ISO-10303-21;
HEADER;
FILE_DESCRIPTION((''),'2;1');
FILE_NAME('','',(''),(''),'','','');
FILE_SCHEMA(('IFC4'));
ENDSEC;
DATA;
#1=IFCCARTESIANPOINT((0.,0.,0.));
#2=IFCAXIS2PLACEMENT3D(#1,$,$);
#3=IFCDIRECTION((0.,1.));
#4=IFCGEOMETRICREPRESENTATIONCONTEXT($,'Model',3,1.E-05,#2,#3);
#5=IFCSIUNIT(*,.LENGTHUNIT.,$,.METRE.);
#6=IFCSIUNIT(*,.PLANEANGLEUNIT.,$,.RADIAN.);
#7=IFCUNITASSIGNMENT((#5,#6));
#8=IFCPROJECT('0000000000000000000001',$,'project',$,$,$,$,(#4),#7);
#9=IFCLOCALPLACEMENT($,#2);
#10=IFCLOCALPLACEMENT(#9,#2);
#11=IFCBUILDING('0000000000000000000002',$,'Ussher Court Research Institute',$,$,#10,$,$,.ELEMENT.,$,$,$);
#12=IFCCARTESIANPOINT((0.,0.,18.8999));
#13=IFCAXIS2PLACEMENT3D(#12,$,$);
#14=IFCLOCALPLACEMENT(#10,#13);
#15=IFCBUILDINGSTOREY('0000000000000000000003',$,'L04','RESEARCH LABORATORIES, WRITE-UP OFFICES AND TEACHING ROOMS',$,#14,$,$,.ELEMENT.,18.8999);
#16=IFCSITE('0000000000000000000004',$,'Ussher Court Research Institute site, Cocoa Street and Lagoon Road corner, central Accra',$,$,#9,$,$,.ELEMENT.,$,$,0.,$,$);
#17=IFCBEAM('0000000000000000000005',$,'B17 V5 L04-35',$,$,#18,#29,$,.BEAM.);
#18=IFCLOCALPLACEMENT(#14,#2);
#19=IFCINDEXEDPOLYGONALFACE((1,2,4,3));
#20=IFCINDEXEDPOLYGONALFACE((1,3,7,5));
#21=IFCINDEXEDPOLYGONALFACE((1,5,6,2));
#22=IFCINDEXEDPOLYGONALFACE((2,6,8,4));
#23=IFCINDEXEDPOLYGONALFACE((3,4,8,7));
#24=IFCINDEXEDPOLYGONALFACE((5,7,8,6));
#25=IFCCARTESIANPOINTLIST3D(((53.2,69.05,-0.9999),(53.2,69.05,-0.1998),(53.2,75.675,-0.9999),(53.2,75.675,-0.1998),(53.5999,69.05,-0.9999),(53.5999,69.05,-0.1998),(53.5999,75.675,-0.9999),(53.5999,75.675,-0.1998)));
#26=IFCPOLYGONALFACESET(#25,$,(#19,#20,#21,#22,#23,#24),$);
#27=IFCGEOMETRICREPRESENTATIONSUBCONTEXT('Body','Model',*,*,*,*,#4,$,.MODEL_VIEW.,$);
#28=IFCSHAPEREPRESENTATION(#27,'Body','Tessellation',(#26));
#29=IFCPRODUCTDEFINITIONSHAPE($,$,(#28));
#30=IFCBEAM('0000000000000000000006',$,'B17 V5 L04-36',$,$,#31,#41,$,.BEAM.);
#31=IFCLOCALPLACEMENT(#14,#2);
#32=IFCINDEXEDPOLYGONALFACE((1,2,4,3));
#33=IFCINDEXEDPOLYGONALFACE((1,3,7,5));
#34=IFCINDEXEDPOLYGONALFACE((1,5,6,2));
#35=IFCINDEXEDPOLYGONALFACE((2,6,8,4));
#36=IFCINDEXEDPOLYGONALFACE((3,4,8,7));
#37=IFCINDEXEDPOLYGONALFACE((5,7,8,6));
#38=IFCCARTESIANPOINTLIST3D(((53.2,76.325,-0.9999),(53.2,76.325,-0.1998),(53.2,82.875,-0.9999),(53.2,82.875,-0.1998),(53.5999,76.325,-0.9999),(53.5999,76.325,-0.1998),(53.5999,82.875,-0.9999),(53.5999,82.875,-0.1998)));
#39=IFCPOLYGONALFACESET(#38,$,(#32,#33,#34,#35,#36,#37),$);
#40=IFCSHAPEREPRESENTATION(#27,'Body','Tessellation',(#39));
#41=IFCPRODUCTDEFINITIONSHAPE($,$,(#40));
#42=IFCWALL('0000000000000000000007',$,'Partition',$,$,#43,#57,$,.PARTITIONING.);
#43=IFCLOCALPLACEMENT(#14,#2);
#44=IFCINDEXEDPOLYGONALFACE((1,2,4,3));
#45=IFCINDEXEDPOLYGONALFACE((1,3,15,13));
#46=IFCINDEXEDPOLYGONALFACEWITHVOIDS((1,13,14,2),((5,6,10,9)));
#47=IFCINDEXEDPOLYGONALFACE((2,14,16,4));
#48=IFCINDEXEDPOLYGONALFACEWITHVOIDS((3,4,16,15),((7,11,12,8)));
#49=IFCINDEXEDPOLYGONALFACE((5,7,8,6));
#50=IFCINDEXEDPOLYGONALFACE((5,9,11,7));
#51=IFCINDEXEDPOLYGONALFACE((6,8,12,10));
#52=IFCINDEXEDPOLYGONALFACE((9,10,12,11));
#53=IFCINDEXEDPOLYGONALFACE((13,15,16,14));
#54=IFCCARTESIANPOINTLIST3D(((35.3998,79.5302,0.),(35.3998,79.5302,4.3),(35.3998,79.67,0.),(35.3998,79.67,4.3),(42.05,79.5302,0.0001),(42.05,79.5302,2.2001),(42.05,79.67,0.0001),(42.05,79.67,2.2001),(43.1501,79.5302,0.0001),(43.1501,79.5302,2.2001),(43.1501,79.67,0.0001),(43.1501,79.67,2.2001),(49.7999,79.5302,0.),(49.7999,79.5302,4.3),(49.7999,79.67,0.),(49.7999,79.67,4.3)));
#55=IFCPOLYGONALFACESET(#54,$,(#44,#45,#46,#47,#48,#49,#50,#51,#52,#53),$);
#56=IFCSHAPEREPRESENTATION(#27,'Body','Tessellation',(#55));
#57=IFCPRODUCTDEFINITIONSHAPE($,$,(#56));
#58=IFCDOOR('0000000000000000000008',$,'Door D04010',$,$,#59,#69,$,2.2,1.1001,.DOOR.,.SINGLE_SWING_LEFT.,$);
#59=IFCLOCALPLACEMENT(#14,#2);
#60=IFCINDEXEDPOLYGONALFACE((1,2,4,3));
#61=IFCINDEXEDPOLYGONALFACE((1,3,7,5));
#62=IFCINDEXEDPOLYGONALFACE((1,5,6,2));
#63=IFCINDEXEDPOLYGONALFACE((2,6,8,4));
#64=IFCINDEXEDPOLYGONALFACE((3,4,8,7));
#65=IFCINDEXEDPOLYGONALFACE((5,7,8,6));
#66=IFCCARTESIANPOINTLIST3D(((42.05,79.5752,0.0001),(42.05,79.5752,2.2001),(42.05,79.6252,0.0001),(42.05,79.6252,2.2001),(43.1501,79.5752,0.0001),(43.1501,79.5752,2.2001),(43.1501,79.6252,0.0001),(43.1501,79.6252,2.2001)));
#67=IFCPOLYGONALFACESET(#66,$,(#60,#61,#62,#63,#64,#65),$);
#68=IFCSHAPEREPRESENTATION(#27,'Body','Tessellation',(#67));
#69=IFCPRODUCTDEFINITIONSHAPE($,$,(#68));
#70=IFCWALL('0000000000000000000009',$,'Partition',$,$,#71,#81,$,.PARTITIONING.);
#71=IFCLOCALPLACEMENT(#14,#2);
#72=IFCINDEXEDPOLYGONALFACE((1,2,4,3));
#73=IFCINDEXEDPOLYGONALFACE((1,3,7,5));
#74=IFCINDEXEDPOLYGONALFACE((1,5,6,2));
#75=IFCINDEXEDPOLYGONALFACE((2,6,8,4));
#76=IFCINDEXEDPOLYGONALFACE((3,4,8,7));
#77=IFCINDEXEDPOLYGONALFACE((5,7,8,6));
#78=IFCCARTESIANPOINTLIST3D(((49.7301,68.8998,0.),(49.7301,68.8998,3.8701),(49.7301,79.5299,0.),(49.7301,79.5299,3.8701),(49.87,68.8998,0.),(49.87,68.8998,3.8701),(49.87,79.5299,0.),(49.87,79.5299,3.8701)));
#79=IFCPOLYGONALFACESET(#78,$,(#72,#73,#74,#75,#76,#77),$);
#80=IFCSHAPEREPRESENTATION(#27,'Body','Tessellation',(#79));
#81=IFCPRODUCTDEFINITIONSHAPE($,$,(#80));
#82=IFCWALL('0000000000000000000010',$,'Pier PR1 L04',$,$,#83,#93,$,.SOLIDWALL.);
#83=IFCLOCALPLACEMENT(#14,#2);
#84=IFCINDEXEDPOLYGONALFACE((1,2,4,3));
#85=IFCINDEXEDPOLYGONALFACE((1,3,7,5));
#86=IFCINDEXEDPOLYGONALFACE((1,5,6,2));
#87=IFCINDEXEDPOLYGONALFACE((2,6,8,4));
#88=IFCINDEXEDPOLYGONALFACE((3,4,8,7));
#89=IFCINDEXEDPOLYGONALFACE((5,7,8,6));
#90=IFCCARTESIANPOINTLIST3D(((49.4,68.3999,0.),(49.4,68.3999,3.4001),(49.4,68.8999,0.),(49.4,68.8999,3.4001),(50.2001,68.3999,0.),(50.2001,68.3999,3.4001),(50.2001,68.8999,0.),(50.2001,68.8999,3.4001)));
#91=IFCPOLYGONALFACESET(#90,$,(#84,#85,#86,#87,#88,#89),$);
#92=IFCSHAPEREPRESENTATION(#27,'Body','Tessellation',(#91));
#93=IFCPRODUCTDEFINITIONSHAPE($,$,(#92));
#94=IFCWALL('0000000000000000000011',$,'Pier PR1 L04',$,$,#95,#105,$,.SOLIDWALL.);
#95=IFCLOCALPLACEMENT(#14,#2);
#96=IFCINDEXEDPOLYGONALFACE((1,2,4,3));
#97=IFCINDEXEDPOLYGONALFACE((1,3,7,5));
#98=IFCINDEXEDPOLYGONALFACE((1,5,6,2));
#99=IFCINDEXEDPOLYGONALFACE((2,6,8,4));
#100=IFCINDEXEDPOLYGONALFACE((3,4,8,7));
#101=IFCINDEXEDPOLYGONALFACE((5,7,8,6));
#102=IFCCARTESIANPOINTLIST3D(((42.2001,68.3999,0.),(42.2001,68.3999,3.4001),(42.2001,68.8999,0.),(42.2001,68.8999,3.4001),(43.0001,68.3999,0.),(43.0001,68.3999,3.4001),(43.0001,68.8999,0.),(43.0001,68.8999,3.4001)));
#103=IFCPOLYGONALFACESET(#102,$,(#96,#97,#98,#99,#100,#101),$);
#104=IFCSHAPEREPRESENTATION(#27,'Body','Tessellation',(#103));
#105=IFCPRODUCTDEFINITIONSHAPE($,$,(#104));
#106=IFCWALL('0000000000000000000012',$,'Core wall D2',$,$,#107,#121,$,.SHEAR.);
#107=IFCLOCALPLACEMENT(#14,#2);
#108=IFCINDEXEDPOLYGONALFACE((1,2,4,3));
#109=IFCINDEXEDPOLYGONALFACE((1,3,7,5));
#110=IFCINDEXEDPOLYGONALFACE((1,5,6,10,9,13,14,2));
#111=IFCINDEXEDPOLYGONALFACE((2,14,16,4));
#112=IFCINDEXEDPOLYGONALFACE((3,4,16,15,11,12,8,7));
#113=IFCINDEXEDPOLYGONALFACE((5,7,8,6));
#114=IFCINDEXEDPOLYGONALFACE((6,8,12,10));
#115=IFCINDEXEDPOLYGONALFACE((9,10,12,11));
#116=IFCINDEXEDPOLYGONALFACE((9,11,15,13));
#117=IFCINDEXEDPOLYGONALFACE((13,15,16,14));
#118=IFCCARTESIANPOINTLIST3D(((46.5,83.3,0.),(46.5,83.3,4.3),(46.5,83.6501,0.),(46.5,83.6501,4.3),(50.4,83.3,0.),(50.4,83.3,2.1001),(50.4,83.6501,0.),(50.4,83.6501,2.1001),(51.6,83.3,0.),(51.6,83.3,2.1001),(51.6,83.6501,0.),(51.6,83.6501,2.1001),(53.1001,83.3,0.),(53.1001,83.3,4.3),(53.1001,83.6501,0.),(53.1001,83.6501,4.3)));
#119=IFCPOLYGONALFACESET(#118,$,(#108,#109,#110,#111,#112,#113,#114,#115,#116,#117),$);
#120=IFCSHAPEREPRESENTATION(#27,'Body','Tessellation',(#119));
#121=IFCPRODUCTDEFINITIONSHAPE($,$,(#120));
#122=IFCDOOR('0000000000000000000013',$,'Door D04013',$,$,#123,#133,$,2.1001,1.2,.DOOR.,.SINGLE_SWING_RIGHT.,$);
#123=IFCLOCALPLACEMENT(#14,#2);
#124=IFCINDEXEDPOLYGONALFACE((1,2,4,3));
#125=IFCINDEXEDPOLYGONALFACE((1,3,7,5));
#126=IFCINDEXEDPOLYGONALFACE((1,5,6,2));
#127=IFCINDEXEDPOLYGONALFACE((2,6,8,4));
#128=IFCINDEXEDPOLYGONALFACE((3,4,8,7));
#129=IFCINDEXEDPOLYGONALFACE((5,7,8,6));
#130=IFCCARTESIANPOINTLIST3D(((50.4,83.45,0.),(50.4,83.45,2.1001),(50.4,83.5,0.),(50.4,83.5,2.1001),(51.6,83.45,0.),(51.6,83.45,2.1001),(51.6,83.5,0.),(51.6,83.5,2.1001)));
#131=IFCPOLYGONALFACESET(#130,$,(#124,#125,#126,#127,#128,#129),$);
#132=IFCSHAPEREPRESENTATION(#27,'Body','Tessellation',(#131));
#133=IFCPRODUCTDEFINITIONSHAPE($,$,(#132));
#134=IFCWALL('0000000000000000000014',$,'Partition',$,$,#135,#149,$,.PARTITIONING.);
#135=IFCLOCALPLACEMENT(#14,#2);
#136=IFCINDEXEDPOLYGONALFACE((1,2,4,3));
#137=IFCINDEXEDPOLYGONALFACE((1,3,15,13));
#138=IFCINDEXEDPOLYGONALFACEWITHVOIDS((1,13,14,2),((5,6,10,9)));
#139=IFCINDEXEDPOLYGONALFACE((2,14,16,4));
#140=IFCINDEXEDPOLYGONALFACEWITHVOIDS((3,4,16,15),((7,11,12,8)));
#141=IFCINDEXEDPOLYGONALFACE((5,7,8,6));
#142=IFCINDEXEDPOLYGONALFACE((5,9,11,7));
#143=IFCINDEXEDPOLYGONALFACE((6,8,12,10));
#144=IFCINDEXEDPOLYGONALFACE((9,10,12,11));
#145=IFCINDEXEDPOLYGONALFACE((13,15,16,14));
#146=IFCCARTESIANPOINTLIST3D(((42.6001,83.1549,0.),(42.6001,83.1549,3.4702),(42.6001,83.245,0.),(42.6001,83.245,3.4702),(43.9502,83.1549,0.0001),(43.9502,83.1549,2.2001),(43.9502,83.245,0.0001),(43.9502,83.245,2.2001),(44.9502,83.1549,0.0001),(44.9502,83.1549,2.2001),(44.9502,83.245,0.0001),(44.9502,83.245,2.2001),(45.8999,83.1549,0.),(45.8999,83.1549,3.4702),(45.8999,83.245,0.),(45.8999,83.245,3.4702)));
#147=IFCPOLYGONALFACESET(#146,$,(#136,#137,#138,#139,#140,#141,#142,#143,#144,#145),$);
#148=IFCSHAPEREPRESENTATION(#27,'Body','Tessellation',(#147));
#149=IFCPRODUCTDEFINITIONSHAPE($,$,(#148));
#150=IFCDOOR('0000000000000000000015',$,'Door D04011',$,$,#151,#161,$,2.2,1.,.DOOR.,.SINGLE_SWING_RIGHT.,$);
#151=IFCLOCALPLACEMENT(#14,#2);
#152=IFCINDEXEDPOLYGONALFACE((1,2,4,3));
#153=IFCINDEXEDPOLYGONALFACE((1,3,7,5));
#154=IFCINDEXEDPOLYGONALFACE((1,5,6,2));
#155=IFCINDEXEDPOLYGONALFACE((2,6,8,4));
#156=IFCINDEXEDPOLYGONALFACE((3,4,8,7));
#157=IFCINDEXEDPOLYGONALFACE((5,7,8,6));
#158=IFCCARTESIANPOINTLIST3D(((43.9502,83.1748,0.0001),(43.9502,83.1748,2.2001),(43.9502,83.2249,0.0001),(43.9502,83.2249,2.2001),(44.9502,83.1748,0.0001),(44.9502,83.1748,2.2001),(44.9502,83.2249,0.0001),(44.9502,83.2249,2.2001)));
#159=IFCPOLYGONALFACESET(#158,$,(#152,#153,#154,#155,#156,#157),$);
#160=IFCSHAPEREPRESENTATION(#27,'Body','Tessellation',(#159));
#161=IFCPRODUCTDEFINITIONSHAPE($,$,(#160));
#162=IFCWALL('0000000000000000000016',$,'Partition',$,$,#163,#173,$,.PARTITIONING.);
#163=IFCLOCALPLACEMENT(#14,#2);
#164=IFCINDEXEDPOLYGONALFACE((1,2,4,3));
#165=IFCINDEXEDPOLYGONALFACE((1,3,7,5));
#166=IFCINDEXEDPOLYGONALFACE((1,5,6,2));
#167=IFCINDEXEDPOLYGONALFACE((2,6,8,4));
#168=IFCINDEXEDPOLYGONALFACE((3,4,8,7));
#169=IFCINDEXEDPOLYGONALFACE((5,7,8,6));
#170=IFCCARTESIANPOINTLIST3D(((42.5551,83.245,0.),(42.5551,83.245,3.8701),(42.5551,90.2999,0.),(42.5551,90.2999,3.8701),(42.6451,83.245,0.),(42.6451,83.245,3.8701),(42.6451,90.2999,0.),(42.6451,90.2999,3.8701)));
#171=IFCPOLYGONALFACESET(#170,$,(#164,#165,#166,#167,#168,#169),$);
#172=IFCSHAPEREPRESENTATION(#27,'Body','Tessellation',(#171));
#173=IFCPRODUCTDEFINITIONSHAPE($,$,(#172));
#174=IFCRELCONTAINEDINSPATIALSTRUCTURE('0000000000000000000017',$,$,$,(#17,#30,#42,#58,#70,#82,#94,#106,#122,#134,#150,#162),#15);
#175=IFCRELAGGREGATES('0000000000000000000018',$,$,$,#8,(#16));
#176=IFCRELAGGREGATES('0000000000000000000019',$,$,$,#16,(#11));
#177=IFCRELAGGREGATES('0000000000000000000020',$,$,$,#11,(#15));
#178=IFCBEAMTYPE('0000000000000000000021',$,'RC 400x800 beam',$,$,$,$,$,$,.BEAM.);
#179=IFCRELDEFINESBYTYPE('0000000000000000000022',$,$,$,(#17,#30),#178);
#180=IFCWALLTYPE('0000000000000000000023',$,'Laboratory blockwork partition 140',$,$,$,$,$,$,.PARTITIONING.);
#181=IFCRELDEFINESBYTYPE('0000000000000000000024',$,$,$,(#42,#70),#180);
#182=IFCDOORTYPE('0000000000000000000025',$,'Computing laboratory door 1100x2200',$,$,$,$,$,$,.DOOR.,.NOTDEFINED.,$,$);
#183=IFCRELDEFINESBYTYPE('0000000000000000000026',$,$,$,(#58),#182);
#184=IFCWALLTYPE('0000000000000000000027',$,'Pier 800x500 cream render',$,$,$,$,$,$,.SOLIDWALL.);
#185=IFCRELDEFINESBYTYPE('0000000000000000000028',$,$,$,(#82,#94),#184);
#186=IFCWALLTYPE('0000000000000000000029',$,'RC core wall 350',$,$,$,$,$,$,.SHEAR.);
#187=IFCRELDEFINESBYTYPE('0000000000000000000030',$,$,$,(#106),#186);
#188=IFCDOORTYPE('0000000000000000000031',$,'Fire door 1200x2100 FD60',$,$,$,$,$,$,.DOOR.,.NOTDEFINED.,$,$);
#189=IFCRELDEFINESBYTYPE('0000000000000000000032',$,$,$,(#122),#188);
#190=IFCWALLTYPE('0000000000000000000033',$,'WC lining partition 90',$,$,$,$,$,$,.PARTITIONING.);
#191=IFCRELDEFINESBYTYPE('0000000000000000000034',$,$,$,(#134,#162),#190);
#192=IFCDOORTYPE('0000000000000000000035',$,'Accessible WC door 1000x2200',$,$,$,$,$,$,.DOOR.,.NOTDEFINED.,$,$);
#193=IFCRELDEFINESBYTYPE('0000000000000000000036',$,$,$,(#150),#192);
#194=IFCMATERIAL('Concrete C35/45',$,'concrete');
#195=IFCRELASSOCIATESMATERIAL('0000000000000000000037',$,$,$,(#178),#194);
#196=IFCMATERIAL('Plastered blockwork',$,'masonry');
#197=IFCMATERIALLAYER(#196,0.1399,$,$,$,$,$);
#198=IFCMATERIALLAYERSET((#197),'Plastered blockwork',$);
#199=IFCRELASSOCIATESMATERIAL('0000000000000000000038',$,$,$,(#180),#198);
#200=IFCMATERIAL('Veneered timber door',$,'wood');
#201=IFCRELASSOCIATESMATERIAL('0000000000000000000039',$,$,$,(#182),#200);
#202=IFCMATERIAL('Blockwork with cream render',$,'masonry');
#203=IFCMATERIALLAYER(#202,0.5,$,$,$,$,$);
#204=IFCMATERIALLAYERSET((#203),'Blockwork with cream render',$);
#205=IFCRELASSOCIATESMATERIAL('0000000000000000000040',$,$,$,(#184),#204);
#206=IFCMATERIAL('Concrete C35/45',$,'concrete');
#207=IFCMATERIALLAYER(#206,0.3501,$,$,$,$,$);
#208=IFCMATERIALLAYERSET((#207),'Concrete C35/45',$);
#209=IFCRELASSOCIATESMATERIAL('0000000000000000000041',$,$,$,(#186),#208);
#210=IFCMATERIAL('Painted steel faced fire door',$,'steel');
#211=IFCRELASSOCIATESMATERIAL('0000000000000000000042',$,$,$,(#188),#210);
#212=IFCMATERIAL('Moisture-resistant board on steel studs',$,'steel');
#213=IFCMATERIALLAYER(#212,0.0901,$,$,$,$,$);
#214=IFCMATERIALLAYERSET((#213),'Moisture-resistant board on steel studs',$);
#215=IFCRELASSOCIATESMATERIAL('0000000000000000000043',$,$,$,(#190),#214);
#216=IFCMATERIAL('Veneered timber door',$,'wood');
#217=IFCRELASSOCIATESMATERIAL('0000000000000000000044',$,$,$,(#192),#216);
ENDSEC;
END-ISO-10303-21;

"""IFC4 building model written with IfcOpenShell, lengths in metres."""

from ifc_helpers import new_model, si_unit, direction, frame, frame_2d, origin, origin_2d, place, context, subcontext, project, spatial, rectangle, extrude, material, layer, layer_set, material_profile, profile_set, type_object, element, fill, save


model = new_model("IFC4")

# Units and contexts
model_context = context("Model", 3, precision=1e-05, world=origin(), true_north=direction((0.0, 1.0)))
body_context = subcontext(model_context, "Body", "Model", "MODEL_VIEW")
ifc_project = project(units=[si_unit("LENGTHUNIT", "METRE"), si_unit("PLANEANGLEUNIT", "RADIAN")], contexts=[model_context])

# Site, building, storey
site_placement = place(None, origin())
site = spatial("IfcSite", under=ifc_project, at=site_placement, Name="Ussher Court Research Institute site, Cocoa Street and Lagoon Road corner, central Accra", CompositionType="ELEMENT", RefElevation=0.0)
building_placement = place(site_placement, origin())
building = spatial("IfcBuilding", under=site, at=building_placement, Name="Ussher Court Research Institute", CompositionType="ELEMENT")
storey_placement = place(building_placement, frame((0.0, 0.0, 18.8999)))
storey = spatial("IfcBuildingStorey", under=building, at=storey_placement, Name="L04", Description="RESEARCH LABORATORIES, WRITE-UP OFFICES AND TEACHING ROOMS", CompositionType="ELEMENT", Elevation=18.8999)

# Beams
ifc_material_1 = material(Name="Concrete C35/45", Category="concrete")
ifc_material_profile_1 = material_profile(ifc_material_1, rectangle(XDim=0.3999, YDim=0.8, at=origin_2d()), Name="RC 400x800")
ifc_profile_set_1 = profile_set([ifc_material_profile_1], Name="Concrete C35/45")
beam_type_1 = type_object("IfcBeamType", Name="RC 400x800 beam", PredefinedType="BEAM", material=ifc_profile_set_1)
beam_1_placement = place(storey_placement, frame((53.3999, 69.05, -0.5999), z_axis=(0.0, 1.0, 0.0), x_axis=(-1.0, 0.0, 0.0)))
element("IfcBeam", 1, at=beam_1_placement, inside=storey, type_object=beam_type_1, Name="B17 V5 L04-35", PredefinedType="BEAM", context=body_context, shape_type="SweptSolid", body=[
    extrude(rectangle(XDim=0.3999, YDim=0.8, at=origin_2d()), origin(), (0.0, 0.0, 1.0), 6.625),
])
beam_2_placement = place(storey_placement, frame((53.3999, 76.325, -0.5999), z_axis=(0.0, 1.0, 0.0), x_axis=(-1.0, 0.0, 0.0)))
element("IfcBeam", 2, at=beam_2_placement, inside=storey, type_object=beam_type_1, Name="B17 V5 L04-36", PredefinedType="BEAM", context=body_context, shape_type="SweptSolid", body=[
    extrude(rectangle(XDim=0.3999, YDim=0.8, at=origin_2d()), origin(), (0.0, 0.0, 1.0), 6.55),
])

# Wall, opening, door
ifc_material_2 = material(Name="Plastered blockwork", Category="masonry")
ifc_layer_1 = layer(ifc_material_2, 0.1399)
ifc_layer_set_1 = layer_set([ifc_layer_1], Name="Plastered blockwork")
wall_type_1 = type_object("IfcWallType", Name="Laboratory blockwork partition 140", PredefinedType="PARTITIONING", material=ifc_layer_set_1)
wall_1_placement = place(storey_placement, frame((49.8, 79.6001, 0.0), z_axis=(0.0, 0.0, 1.0), x_axis=(-1.0, 0.0, 0.0)))
wall_1 = element("IfcWall", 3, at=wall_1_placement, inside=storey, type_object=wall_type_1, Name="Partition", PredefinedType="PARTITIONING", context=body_context, shape_type="SweptSolid", body=[
    extrude(rectangle(XDim=14.4001, YDim=0.1399, at=frame_2d((7.2002, 0.0))), origin(), (0.0, 0.0, 1.0), 4.3),
])
opening_1_placement = place(wall_1_placement, frame((6.6499, 0.0, 0.0)))
opening_1 = element("IfcOpeningElement", 4, at=opening_1_placement, cuts=wall_1, PredefinedType="OPENING", context=body_context, shape_type="SweptSolid", body=[
    extrude(rectangle(XDim=1.1001, YDim=2.2, at=frame_2d((0.55, 1.1001))), frame((0.0, 0.0801, 0.0), z_axis=(0.0, -1.0, 0.0), x_axis=(1.0, 0.0, 0.0)), (0.0, 0.0, 1.0), 0.1599),
])
ifc_material_3 = material(Name="Veneered timber door", Category="wood")
door_type_1 = type_object("IfcDoorType", Name="Computing laboratory door 1100x2200", OperationType="NOTDEFINED", PredefinedType="DOOR", material=ifc_material_3)
door_1_placement = place(opening_1_placement, origin())
door_1 = element("IfcDoor", 5, at=door_1_placement, inside=storey, type_object=door_type_1, Name="Door D04010", OperationType="SINGLE_SWING_LEFT", OverallHeight=2.2, OverallWidth=1.1001, PredefinedType="DOOR", context=body_context, shape_type="SweptSolid", body=[
    extrude(rectangle(XDim=1.1001, YDim=2.2, at=frame_2d((0.55, 1.1001))), frame((0.0, 0.0249, 0.0), z_axis=(0.0, -1.0, 0.0), x_axis=(1.0, 0.0, 0.0)), (0.0, 0.0, 1.0), 0.05),
])
fill(opening_1, door_1)

# Walls
wall_2_placement = place(storey_placement, frame((49.8, 68.8999, 0.0), z_axis=(0.0, 0.0, 1.0), x_axis=(0.0, 1.0, 0.0)))
element("IfcWall", 6, at=wall_2_placement, inside=storey, type_object=wall_type_1, Name="Partition", PredefinedType="PARTITIONING", context=body_context, shape_type="SweptSolid", body=[
    extrude(rectangle(XDim=10.6301, YDim=0.1399, at=frame_2d((5.3149, 0.0))), origin(), (0.0, 0.0, 1.0), 3.8701),
])
ifc_material_4 = material(Name="Blockwork with cream render", Category="masonry")
ifc_layer_2 = layer(ifc_material_4, 0.5)
ifc_layer_set_2 = layer_set([ifc_layer_2], Name="Blockwork with cream render")
wall_type_2 = type_object("IfcWallType", Name="Pier 800x500 cream render", PredefinedType="SOLIDWALL", material=ifc_layer_set_2)
for number, where, z_axis, x_axis, name in (
    (7, (50.2, 68.6499, 0.0), (0.0, 0.0, 1.0), (-1.0, 0.0, 0.0), "Pier PR1 L04"),
    (8, (43.0, 68.6499, 0.0), (0.0, 0.0, 1.0), (-1.0, 0.0, 0.0), "Pier PR1 L04"),
):
    element("IfcWall", number, at=place(storey_placement, frame(where, z_axis=z_axis, x_axis=x_axis)), inside=storey, type_object=wall_type_2, Name=name, PredefinedType="SOLIDWALL", context=body_context, shape_type="SweptSolid", body=[
        extrude(rectangle(XDim=0.8, YDim=0.5, at=frame_2d((0.3999, 0.0))), origin(), (0.0, 0.0, 1.0), 3.4001),
    ])

# Walls, openings, doors
ifc_material_5 = material(Name="Concrete C35/45", Category="concrete")
ifc_layer_3 = layer(ifc_material_5, 0.3501)
ifc_layer_set_3 = layer_set([ifc_layer_3], Name="Concrete C35/45")
wall_type_3 = type_object("IfcWallType", Name="RC core wall 350", PredefinedType="SHEAR", material=ifc_layer_set_3)
wall_3_placement = place(storey_placement, frame((46.5, 83.4751, 0.0), z_axis=(0.0, 0.0, 1.0), x_axis=(1.0, 0.0, 0.0)))
wall_3 = element("IfcWall", 9, at=wall_3_placement, inside=storey, type_object=wall_type_3, Name="Core wall D2", PredefinedType="SHEAR", context=body_context, shape_type="SweptSolid", body=[
    extrude(rectangle(XDim=6.6001, YDim=0.3501, at=frame_2d((3.3, 0.0))), origin(), (0.0, 0.0, 1.0), 4.3),
])
opening_2_placement = place(wall_3_placement, frame((3.8999, 0.0, 0.0)))
opening_2 = element("IfcOpeningElement", 10, at=opening_2_placement, cuts=wall_3, PredefinedType="OPENING", context=body_context, shape_type="SweptSolid", body=[
    extrude(rectangle(XDim=1.2, YDim=2.1001, at=frame_2d((0.6001, 1.05))), frame((0.0, 0.1851, 0.0), z_axis=(0.0, -1.0, 0.0), x_axis=(1.0, 0.0, 0.0)), (0.0, 0.0, 1.0), 0.3701),
])
ifc_material_6 = material(Name="Painted steel faced fire door", Category="steel")
door_type_2 = type_object("IfcDoorType", Name="Fire door 1200x2100 FD60", OperationType="NOTDEFINED", PredefinedType="DOOR", material=ifc_material_6)
door_2_placement = place(opening_2_placement, origin())
door_2 = element("IfcDoor", 11, at=door_2_placement, inside=storey, type_object=door_type_2, Name="Door D04013", OperationType="SINGLE_SWING_RIGHT", OverallHeight=2.1001, OverallWidth=1.2, PredefinedType="DOOR", context=body_context, shape_type="SweptSolid", body=[
    extrude(rectangle(XDim=1.2, YDim=2.1001, at=frame_2d((0.6001, 1.05))), frame((0.0, 0.0249, 0.0), z_axis=(0.0, -1.0, 0.0), x_axis=(1.0, 0.0, 0.0)), (0.0, 0.0, 1.0), 0.05),
])
fill(opening_2, door_2)
ifc_material_7 = material(Name="Moisture-resistant board on steel studs", Category="steel")
ifc_layer_4 = layer(ifc_material_7, 0.0901)
ifc_layer_set_4 = layer_set([ifc_layer_4], Name="Moisture-resistant board on steel studs")
wall_type_4 = type_object("IfcWallType", Name="WC lining partition 90", PredefinedType="PARTITIONING", material=ifc_layer_set_4)
wall_4_placement = place(storey_placement, frame((42.6001, 83.2, 0.0), z_axis=(0.0, 0.0, 1.0), x_axis=(1.0, 0.0, 0.0)))
wall_4 = element("IfcWall", 12, at=wall_4_placement, inside=storey, type_object=wall_type_4, Name="Partition", PredefinedType="PARTITIONING", context=body_context, shape_type="SweptSolid", body=[
    extrude(rectangle(XDim=3.2998, YDim=0.0901, at=frame_2d((1.6499, 0.0))), origin(), (0.0, 0.0, 1.0), 3.4702),
])
opening_3_placement = place(wall_4_placement, frame((1.3501, 0.0, 0.0)))
opening_3 = element("IfcOpeningElement", 13, at=opening_3_placement, cuts=wall_4, PredefinedType="OPENING", context=body_context, shape_type="SweptSolid", body=[
    extrude(rectangle(XDim=1.0, YDim=2.2, at=frame_2d((0.5, 1.1001))), frame((0.0, 0.0552, 0.0), z_axis=(0.0, -1.0, 0.0), x_axis=(1.0, 0.0, 0.0)), (0.0, 0.0, 1.0), 0.1101),
])
ifc_material_8 = material(Name="Veneered timber door", Category="wood")
door_type_3 = type_object("IfcDoorType", Name="Accessible WC door 1000x2200", OperationType="NOTDEFINED", PredefinedType="DOOR", material=ifc_material_8)
door_3_placement = place(opening_3_placement, origin())
door_3 = element("IfcDoor", 14, at=door_3_placement, inside=storey, type_object=door_type_3, Name="Door D04011", OperationType="SINGLE_SWING_RIGHT", OverallHeight=2.2, OverallWidth=1.0, PredefinedType="DOOR", context=body_context, shape_type="SweptSolid", body=[
    extrude(rectangle(XDim=1.0, YDim=2.2, at=frame_2d((0.5, 1.1001))), frame((0.0, 0.0249, 0.0), z_axis=(0.0, -1.0, 0.0), x_axis=(1.0, 0.0, 0.0)), (0.0, 0.0, 1.0), 0.05),
])
fill(opening_3, door_3)

# Wall
wall_5_placement = place(storey_placement, frame((42.6001, 83.2451, 0.0), z_axis=(0.0, 0.0, 1.0), x_axis=(0.0, 1.0, 0.0)))
element("IfcWall", 15, at=wall_5_placement, inside=storey, type_object=wall_type_4, Name="Partition", PredefinedType="PARTITIONING", context=body_context, shape_type="SweptSolid", body=[
    extrude(rectangle(XDim=7.0549, YDim=0.0901, at=frame_2d((3.5273, 0.0))), origin(), (0.0, 0.0, 1.0), 3.8701),
])

save(model, "model.ifc")
